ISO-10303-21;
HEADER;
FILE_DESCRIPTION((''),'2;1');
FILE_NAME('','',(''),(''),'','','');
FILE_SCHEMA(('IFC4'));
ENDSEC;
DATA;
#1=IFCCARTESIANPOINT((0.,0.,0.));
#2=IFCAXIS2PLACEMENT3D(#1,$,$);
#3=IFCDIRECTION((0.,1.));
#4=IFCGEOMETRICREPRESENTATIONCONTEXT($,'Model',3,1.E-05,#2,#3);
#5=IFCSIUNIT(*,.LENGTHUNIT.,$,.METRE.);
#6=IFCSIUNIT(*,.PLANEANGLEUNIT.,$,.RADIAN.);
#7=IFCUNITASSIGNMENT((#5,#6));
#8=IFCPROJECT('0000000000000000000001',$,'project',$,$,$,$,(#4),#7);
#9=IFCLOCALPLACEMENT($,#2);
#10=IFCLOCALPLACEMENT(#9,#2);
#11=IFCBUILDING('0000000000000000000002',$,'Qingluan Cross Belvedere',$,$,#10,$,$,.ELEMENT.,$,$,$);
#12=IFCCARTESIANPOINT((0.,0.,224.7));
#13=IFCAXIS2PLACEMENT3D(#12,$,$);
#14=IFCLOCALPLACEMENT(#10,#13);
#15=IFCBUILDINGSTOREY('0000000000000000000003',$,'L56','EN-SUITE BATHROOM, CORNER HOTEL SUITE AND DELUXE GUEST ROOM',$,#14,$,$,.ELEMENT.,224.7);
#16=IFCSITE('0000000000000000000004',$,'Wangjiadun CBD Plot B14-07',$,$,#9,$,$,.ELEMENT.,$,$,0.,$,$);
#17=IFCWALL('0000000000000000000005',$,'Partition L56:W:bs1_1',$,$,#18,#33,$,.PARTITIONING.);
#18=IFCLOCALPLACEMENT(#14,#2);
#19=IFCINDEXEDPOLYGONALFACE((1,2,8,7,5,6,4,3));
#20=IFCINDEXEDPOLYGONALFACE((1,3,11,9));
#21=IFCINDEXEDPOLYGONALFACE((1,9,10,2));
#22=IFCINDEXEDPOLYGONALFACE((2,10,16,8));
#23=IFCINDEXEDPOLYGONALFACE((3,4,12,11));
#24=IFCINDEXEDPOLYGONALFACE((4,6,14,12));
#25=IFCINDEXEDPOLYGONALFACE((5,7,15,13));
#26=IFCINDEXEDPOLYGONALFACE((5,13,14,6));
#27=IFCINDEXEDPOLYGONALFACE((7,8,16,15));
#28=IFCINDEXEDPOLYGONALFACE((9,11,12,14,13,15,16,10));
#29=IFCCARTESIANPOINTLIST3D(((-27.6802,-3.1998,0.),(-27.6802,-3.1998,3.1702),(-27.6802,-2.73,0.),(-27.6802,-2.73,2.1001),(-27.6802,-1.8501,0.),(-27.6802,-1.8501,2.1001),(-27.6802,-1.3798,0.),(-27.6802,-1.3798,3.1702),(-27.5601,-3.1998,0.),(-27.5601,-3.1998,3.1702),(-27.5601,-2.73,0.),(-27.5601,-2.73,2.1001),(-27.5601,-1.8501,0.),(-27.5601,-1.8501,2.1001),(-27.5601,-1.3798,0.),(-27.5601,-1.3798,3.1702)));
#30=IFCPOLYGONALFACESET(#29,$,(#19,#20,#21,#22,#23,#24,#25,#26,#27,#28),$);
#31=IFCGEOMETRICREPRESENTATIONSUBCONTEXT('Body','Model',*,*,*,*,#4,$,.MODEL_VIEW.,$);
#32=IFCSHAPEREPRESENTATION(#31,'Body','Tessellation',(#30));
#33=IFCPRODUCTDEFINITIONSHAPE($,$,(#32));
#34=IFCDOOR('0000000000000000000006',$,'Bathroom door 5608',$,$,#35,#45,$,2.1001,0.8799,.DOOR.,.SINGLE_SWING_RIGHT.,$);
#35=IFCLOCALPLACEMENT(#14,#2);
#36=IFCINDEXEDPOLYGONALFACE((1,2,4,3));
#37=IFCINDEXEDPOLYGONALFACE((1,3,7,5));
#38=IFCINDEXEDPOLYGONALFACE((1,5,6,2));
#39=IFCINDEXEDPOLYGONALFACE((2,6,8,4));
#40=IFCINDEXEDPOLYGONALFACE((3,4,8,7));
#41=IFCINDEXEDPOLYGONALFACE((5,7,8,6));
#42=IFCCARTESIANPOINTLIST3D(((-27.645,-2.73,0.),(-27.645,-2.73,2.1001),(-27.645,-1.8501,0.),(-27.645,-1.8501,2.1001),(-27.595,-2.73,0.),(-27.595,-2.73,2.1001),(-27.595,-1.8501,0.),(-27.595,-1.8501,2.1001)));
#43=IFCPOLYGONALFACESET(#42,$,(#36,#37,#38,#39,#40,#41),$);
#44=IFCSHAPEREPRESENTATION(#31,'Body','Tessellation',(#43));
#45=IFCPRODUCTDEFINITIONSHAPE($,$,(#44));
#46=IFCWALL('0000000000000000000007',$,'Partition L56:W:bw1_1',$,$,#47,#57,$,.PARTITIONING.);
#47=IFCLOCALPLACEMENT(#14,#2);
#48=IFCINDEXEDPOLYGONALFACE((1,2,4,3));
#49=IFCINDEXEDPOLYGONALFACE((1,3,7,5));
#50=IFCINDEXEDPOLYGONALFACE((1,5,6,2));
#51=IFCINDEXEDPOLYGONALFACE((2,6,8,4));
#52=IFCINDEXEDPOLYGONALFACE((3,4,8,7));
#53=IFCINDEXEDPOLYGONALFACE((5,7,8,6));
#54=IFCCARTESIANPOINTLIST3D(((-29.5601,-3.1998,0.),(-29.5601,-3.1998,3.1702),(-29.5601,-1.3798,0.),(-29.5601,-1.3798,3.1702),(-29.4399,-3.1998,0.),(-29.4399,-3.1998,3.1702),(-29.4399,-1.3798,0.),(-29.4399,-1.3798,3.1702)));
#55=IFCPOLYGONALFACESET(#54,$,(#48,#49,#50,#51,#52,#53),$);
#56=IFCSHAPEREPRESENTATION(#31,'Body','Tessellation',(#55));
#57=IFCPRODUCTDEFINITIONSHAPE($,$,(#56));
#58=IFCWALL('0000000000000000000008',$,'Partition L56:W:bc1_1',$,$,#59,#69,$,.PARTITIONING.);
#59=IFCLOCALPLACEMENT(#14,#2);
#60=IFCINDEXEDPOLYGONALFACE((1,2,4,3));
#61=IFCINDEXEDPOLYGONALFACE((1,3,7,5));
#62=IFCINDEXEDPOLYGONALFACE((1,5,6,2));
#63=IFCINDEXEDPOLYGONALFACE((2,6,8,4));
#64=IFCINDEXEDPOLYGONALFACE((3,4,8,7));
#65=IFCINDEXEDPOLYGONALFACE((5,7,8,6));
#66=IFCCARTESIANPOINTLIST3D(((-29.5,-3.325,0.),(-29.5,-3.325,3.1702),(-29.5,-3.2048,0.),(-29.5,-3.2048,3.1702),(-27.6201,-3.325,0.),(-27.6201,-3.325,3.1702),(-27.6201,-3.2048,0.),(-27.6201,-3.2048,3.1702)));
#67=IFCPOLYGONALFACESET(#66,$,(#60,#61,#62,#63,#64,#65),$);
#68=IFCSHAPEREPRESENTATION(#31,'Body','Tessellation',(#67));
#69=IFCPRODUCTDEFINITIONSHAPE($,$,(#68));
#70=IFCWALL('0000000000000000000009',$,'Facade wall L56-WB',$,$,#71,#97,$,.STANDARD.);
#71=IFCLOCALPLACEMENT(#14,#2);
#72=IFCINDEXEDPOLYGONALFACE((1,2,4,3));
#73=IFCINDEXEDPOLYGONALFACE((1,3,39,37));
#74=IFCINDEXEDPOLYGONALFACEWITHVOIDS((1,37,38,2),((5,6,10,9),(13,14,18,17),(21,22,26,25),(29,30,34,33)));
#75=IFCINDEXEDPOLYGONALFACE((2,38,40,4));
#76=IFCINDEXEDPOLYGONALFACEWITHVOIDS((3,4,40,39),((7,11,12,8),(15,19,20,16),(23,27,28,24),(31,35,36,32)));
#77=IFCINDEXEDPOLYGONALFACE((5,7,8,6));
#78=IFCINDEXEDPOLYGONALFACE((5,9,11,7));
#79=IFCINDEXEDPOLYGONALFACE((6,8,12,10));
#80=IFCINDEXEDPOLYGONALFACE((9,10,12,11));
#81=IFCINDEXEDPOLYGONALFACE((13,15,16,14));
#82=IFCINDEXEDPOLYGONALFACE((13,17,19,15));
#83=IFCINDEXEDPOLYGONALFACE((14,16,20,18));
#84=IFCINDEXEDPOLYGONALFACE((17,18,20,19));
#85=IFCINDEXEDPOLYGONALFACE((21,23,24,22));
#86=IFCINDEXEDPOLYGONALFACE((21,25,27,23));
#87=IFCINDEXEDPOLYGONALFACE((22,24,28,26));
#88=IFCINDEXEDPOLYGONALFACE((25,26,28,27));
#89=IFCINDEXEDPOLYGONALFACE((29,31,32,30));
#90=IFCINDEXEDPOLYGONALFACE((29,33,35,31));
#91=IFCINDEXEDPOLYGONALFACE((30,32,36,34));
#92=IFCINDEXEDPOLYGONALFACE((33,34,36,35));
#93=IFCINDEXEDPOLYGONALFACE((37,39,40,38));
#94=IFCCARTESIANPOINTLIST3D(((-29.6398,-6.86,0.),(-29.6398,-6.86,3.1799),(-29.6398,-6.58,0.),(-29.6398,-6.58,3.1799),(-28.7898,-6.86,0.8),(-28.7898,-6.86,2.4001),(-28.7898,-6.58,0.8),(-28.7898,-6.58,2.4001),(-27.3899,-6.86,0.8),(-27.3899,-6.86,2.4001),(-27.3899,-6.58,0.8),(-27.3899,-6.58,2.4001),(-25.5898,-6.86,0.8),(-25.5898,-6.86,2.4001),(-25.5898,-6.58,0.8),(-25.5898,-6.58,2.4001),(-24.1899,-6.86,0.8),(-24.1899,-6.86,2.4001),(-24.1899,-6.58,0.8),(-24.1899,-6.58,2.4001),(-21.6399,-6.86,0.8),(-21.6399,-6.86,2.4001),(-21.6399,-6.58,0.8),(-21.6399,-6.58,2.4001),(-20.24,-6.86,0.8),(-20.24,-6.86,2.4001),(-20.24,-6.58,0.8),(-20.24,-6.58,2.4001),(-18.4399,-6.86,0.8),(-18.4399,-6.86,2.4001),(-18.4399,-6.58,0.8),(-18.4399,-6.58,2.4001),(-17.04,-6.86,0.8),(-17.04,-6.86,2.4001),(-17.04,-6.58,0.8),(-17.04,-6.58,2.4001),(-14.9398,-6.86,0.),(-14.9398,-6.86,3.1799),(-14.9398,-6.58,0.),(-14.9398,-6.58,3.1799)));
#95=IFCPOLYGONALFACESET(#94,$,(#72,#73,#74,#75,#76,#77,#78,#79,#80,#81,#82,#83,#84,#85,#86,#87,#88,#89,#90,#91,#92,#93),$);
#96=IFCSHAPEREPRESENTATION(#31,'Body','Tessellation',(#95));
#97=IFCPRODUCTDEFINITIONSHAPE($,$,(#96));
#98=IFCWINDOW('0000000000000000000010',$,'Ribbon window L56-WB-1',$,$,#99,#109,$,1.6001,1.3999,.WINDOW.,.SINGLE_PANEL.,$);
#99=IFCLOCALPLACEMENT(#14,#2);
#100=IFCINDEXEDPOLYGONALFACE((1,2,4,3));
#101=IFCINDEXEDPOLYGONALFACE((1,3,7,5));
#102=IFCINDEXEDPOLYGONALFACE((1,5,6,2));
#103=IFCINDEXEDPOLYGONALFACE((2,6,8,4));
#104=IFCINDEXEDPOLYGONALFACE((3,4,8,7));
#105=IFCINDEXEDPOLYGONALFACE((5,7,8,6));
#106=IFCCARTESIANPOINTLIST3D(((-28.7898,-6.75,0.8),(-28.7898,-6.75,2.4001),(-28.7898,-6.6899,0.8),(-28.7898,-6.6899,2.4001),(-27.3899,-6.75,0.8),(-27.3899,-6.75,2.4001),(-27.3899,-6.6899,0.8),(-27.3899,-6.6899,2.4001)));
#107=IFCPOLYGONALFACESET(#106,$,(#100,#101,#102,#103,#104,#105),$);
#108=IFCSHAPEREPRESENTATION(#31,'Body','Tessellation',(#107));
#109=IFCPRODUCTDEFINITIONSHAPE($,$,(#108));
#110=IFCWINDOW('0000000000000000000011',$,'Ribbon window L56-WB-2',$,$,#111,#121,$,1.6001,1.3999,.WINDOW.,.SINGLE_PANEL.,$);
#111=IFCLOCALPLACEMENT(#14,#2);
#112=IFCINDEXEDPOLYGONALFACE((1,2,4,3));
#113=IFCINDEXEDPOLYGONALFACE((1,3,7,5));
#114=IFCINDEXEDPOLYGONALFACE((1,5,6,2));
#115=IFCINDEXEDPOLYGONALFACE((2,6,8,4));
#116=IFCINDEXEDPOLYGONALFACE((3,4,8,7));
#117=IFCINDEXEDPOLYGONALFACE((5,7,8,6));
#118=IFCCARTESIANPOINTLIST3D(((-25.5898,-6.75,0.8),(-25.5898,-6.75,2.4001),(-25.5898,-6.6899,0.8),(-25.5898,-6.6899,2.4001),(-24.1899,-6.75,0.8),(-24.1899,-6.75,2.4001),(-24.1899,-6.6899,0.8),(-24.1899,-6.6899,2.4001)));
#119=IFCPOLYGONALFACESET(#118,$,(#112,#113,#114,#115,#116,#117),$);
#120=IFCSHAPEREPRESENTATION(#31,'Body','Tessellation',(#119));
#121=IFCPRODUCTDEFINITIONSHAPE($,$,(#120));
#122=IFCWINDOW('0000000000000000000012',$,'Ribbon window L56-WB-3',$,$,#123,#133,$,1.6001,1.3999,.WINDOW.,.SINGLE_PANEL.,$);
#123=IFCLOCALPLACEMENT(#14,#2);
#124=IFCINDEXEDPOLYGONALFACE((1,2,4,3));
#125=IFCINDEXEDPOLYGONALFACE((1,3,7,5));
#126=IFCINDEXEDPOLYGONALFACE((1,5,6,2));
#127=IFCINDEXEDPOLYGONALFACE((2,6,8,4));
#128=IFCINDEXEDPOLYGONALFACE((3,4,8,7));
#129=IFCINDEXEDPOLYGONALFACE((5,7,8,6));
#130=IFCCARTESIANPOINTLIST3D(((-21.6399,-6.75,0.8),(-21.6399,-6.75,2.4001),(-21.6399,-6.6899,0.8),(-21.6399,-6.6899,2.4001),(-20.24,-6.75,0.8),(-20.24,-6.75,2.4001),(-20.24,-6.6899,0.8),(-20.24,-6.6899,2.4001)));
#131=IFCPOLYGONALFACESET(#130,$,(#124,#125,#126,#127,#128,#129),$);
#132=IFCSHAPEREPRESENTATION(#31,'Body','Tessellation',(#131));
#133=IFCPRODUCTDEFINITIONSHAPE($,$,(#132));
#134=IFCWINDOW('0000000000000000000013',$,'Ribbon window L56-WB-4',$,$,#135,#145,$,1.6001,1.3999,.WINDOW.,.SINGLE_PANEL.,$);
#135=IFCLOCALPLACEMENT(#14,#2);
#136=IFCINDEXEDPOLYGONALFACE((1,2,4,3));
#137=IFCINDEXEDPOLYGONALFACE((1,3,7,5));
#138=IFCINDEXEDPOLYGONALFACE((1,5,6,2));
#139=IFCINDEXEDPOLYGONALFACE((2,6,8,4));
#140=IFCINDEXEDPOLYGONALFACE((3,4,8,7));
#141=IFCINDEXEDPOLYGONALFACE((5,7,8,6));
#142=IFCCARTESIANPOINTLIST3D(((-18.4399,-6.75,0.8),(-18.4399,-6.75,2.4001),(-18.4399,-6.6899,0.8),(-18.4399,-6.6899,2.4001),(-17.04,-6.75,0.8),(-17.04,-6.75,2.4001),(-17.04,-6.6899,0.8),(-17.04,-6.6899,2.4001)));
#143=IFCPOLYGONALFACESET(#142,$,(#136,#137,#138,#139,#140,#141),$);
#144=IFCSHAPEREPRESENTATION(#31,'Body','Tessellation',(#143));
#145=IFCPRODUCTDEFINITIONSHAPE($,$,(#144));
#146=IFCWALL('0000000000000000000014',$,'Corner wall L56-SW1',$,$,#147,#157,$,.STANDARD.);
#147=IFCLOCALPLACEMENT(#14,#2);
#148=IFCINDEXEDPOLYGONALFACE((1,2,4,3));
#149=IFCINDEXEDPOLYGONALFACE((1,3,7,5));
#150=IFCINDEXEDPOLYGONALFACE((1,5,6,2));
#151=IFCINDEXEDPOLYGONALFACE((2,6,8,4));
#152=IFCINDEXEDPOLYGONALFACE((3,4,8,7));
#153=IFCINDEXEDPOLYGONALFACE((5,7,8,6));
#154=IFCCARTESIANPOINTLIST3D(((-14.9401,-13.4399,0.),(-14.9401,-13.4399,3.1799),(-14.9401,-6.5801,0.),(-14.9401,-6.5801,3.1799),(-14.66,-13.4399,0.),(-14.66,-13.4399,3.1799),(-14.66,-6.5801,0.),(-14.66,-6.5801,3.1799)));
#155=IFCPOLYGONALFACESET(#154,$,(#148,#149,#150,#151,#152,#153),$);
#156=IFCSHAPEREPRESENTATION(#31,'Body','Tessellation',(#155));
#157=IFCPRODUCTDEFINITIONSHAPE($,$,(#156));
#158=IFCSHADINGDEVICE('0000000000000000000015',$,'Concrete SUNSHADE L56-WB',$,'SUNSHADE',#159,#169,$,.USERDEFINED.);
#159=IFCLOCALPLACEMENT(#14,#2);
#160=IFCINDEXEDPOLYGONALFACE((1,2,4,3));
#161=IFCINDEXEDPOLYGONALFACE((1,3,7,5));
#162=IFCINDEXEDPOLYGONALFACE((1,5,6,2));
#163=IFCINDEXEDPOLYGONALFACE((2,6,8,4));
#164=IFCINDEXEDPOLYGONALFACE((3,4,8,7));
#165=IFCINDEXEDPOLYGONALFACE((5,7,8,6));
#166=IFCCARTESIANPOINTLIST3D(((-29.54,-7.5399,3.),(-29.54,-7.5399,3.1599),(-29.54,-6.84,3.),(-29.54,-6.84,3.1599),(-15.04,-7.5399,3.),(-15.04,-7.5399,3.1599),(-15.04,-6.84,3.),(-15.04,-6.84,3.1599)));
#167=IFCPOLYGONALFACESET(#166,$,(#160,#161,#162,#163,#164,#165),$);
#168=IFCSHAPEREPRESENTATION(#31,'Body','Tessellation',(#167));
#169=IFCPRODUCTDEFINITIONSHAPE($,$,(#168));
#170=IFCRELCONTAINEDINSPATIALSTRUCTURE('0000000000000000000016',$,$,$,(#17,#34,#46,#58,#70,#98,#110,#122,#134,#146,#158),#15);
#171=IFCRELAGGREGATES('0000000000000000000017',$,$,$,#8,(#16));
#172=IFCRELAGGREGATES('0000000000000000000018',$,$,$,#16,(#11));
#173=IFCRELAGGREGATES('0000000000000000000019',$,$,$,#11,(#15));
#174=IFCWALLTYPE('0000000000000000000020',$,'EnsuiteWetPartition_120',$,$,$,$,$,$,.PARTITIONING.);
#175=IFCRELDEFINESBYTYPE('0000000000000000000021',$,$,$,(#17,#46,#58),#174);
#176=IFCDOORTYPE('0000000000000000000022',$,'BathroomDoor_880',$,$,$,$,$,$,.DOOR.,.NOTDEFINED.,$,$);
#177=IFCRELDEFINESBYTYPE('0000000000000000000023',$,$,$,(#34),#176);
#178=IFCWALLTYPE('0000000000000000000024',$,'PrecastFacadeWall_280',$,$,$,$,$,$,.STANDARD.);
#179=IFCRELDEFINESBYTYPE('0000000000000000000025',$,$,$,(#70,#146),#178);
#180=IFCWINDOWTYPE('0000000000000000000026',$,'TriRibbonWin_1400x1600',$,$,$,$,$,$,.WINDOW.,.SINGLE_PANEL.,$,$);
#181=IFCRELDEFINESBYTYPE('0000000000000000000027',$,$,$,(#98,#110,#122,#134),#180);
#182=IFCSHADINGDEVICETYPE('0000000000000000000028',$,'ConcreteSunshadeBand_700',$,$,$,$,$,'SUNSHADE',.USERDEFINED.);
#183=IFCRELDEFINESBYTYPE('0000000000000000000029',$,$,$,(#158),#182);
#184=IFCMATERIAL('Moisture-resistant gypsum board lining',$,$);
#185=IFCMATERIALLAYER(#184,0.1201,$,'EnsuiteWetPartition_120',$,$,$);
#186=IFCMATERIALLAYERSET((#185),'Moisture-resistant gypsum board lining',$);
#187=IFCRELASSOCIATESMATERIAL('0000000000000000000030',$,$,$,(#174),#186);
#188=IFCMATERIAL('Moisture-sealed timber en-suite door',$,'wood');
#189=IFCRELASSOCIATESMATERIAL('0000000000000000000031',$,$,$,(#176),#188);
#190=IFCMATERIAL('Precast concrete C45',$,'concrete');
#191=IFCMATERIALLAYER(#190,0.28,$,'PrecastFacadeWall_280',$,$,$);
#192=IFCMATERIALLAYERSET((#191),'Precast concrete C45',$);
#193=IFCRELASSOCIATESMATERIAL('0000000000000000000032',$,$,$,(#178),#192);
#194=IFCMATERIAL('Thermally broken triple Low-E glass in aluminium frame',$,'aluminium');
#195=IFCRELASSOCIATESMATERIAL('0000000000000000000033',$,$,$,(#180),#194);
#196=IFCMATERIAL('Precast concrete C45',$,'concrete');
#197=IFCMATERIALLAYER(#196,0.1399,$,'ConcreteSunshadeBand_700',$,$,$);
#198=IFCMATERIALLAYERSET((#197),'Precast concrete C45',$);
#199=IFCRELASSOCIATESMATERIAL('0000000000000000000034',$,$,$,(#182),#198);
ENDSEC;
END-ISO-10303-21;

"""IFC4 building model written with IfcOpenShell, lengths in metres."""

from ifc_helpers import new_model, si_unit, direction, frame, frame_2d, origin, origin_2d, place, context, subcontext, project, spatial, rectangle, extrude, material, layer, layer_set, type_object, element, fill, save


model = new_model("IFC4")

# Units and contexts
model_context = context("Model", 3, precision=1e-05, world=origin(), true_north=direction((0.0, 1.0)))
body_context = subcontext(model_context, "Body", "Model", "MODEL_VIEW")
ifc_project = project(units=[si_unit("LENGTHUNIT", "METRE"), si_unit("PLANEANGLEUNIT", "RADIAN")], contexts=[model_context])

# Site, building, storey
site_placement = place(None, origin())
site = spatial("IfcSite", under=ifc_project, at=site_placement, Name="Wangjiadun CBD Plot B14-07", CompositionType="ELEMENT", RefElevation=0.0)
building_placement = place(site_placement, origin())
building = spatial("IfcBuilding", under=site, at=building_placement, Name="Qingluan Cross Belvedere", CompositionType="ELEMENT")
storey_placement = place(building_placement, frame((0.0, 0.0, 224.7)))
storey = spatial("IfcBuildingStorey", under=building, at=storey_placement, Name="L56", Description="EN-SUITE BATHROOM, CORNER HOTEL SUITE AND DELUXE GUEST ROOM", CompositionType="ELEMENT", Elevation=224.7)

# Shared definitions
ifc_material_1 = material(Name="Moisture-resistant gypsum board lining")
ifc_layer_1 = layer(ifc_material_1, 0.1201, Name="EnsuiteWetPartition_120")
ifc_layer_set_1 = layer_set([ifc_layer_1], Name="Moisture-resistant gypsum board lining")
wall_type_1 = type_object("IfcWallType", Name="EnsuiteWetPartition_120", PredefinedType="PARTITIONING", material=ifc_layer_set_1)
ifc_material_2 = material(Name="Moisture-sealed timber en-suite door", Category="wood")
door_type_1 = type_object("IfcDoorType", Name="BathroomDoor_880", OperationType="NOTDEFINED", PredefinedType="DOOR", material=ifc_material_2)

# Wall, opening, door
wall_1_placement = place(storey_placement, frame((-27.6201, -3.2, 0.0), z_axis=(0.0, 0.0, 1.0), x_axis=(0.0, 1.0, 0.0)))
wall_1 = element("IfcWall", 1, at=wall_1_placement, inside=storey, type_object=wall_type_1, Name="Partition L56:W:bs1_1", PredefinedType="PARTITIONING", context=body_context, shape_type="SweptSolid", body=[
    extrude(rectangle(XDim=1.8201, YDim=0.1201, at=frame_2d((0.9102, 0.0))), origin(), (0.0, 0.0, 1.0), 3.1702),
])
opening_1_placement = place(wall_1_placement, frame((0.47, 0.0, 0.0)))
opening_1 = element("IfcOpeningElement", 2, at=opening_1_placement, cuts=wall_1, PredefinedType="OPENING", context=body_context, shape_type="SweptSolid", body=[
    extrude(rectangle(XDim=0.8799, YDim=2.1001, at=frame_2d((0.4399, 1.05))), frame((0.0, 0.0701, 0.0), z_axis=(0.0, -1.0, 0.0), x_axis=(1.0, 0.0, 0.0)), (0.0, 0.0, 1.0), 0.1401),
])
door_1_placement = place(opening_1_placement, origin())
door_1 = element("IfcDoor", 3, at=door_1_placement, inside=storey, type_object=door_type_1, Name="Bathroom door 5608", OperationType="SINGLE_SWING_RIGHT", OverallHeight=2.1001, OverallWidth=0.8799, PredefinedType="DOOR", context=body_context, shape_type="SweptSolid", body=[
    extrude(rectangle(XDim=0.8799, YDim=2.1001, at=frame_2d((0.4399, 1.05))), frame((0.0, 0.0249, 0.0), z_axis=(0.0, -1.0, 0.0), x_axis=(1.0, 0.0, 0.0)), (0.0, 0.0, 1.0), 0.05),
])
fill(opening_1, door_1)

# Walls
wall_2_placement = place(storey_placement, frame((-29.5, -3.2, 0.0), z_axis=(0.0, 0.0, 1.0), x_axis=(0.0, 1.0, 0.0)))
element("IfcWall", 4, at=wall_2_placement, inside=storey, type_object=wall_type_1, Name="Partition L56:W:bw1_1", PredefinedType="PARTITIONING", context=body_context, shape_type="SweptSolid", body=[
    extrude(rectangle(XDim=1.8201, YDim=0.1201, at=frame_2d((0.9102, 0.0))), origin(), (0.0, 0.0, 1.0), 3.1702),
])
wall_3_placement = place(storey_placement, frame((-27.6201, -3.2649, 0.0), z_axis=(0.0, 0.0, 1.0), x_axis=(-1.0, 0.0, 0.0)))
element("IfcWall", 5, at=wall_3_placement, inside=storey, type_object=wall_type_1, Name="Partition L56:W:bc1_1", PredefinedType="PARTITIONING", context=body_context, shape_type="SweptSolid", body=[
    extrude(rectangle(XDim=1.8799, YDim=0.1201, at=frame_2d((0.9399, 0.0))), origin(), (0.0, 0.0, 1.0), 3.1702),
])

# Wall, openings, windows
ifc_material_3 = material(Name="Precast concrete C45", Category="concrete")
ifc_layer_2 = layer(ifc_material_3, 0.28, Name="PrecastFacadeWall_280")
ifc_layer_set_2 = layer_set([ifc_layer_2], Name="Precast concrete C45")
wall_type_2 = type_object("IfcWallType", Name="PrecastFacadeWall_280", PredefinedType="STANDARD", material=ifc_layer_set_2)
wall_4_placement = place(storey_placement, frame((-29.6399, -6.72, 0.0), z_axis=(0.0, 0.0, 1.0), x_axis=(1.0, 0.0, 0.0)))
wall_4 = element("IfcWall", 6, at=wall_4_placement, inside=storey, type_object=wall_type_2, Name="Facade wall L56-WB", PredefinedType="STANDARD", context=body_context, shape_type="SweptSolid", body=[
    extrude(rectangle(XDim=14.7, YDim=0.28, at=frame_2d((7.3501, 0.0))), origin(), (0.0, 0.0, 1.0), 3.1799),
])
opening_2_placement = place(wall_4_placement, frame((0.8501, 0.0, 0.8)))
opening_2 = element("IfcOpeningElement", 7, at=opening_2_placement, cuts=wall_4, PredefinedType="OPENING", context=body_context, shape_type="SweptSolid", body=[
    extrude(rectangle(XDim=1.3999, YDim=1.6001, at=frame_2d((0.7, 0.8))), frame((0.0, 0.1499, 0.0), z_axis=(0.0, -1.0, 0.0), x_axis=(1.0, 0.0, 0.0)), (0.0, 0.0, 1.0), 0.3),
])
opening_3_placement = place(wall_4_placement, frame((4.05, 0.0, 0.8)))
opening_3 = element("IfcOpeningElement", 8, at=opening_3_placement, cuts=wall_4, PredefinedType="OPENING", context=body_context, shape_type="SweptSolid", body=[
    extrude(rectangle(XDim=1.3999, YDim=1.6001, at=frame_2d((0.7, 0.8))), frame((0.0, 0.1499, 0.0), z_axis=(0.0, -1.0, 0.0), x_axis=(1.0, 0.0, 0.0)), (0.0, 0.0, 1.0), 0.3),
])
opening_4_placement = place(wall_4_placement, frame((8.0, 0.0, 0.8)))
opening_4 = element("IfcOpeningElement", 9, at=opening_4_placement, cuts=wall_4, PredefinedType="OPENING", context=body_context, shape_type="SweptSolid", body=[
    extrude(rectangle(XDim=1.3999, YDim=1.6001, at=frame_2d((0.7, 0.8))), frame((0.0, 0.1499, 0.0), z_axis=(0.0, -1.0, 0.0), x_axis=(1.0, 0.0, 0.0)), (0.0, 0.0, 1.0), 0.3),
])
opening_5_placement = place(wall_4_placement, frame((11.2, 0.0, 0.8)))
opening_5 = element("IfcOpeningElement", 10, at=opening_5_placement, cuts=wall_4, PredefinedType="OPENING", context=body_context, shape_type="SweptSolid", body=[
    extrude(rectangle(XDim=1.3999, YDim=1.6001, at=frame_2d((0.7, 0.8))), frame((0.0, 0.1499, 0.0), z_axis=(0.0, -1.0, 0.0), x_axis=(1.0, 0.0, 0.0)), (0.0, 0.0, 1.0), 0.3),
])
ifc_material_4 = material(Name="Thermally broken triple Low-E glass in aluminium frame", Category="aluminium")
window_type = type_object("IfcWindowType", Name="TriRibbonWin_1400x1600", PartitioningType="SINGLE_PANEL", PredefinedType="WINDOW", material=ifc_material_4)
window_1_placement = place(opening_2_placement, origin())
window_1 = element("IfcWindow", 11, at=window_1_placement, inside=storey, type_object=window_type, Name="Ribbon window L56-WB-1", OverallHeight=1.6001, OverallWidth=1.3999, PartitioningType="SINGLE_PANEL", PredefinedType="WINDOW", context=body_context, shape_type="SweptSolid", body=[
    extrude(rectangle(XDim=1.3999, YDim=1.6001, at=frame_2d((0.7, 0.8))), frame((0.0, 0.03, 0.0), z_axis=(0.0, -1.0, 0.0), x_axis=(1.0, 0.0, 0.0)), (0.0, 0.0, 1.0), 0.0601),
])
fill(opening_2, window_1)
window_2_placement = place(opening_3_placement, origin())
window_2 = element("IfcWindow", 12, at=window_2_placement, inside=storey, type_object=window_type, Name="Ribbon window L56-WB-2", OverallHeight=1.6001, OverallWidth=1.3999, PartitioningType="SINGLE_PANEL", PredefinedType="WINDOW", context=body_context, shape_type="SweptSolid", body=[
    extrude(rectangle(XDim=1.3999, YDim=1.6001, at=frame_2d((0.7, 0.8))), frame((0.0, 0.03, 0.0), z_axis=(0.0, -1.0, 0.0), x_axis=(1.0, 0.0, 0.0)), (0.0, 0.0, 1.0), 0.0601),
])
fill(opening_3, window_2)
window_3_placement = place(opening_4_placement, origin())
window_3 = element("IfcWindow", 13, at=window_3_placement, inside=storey, type_object=window_type, Name="Ribbon window L56-WB-3", OverallHeight=1.6001, OverallWidth=1.3999, PartitioningType="SINGLE_PANEL", PredefinedType="WINDOW", context=body_context, shape_type="SweptSolid", body=[
    extrude(rectangle(XDim=1.3999, YDim=1.6001, at=frame_2d((0.7, 0.8))), frame((0.0, 0.03, 0.0), z_axis=(0.0, -1.0, 0.0), x_axis=(1.0, 0.0, 0.0)), (0.0, 0.0, 1.0), 0.0601),
])
fill(opening_4, window_3)
window_4_placement = place(opening_5_placement, origin())
window_4 = element("IfcWindow", 14, at=window_4_placement, inside=storey, type_object=window_type, Name="Ribbon window L56-WB-4", OverallHeight=1.6001, OverallWidth=1.3999, PartitioningType="SINGLE_PANEL", PredefinedType="WINDOW", context=body_context, shape_type="SweptSolid", body=[
    extrude(rectangle(XDim=1.3999, YDim=1.6001, at=frame_2d((0.7, 0.8))), frame((0.0, 0.03, 0.0), z_axis=(0.0, -1.0, 0.0), x_axis=(1.0, 0.0, 0.0)), (0.0, 0.0, 1.0), 0.0601),
])
fill(opening_5, window_4)

# Wall
wall_5_placement = place(storey_placement, frame((-14.8, -6.5801, 0.0), z_axis=(0.0, 0.0, 1.0), x_axis=(0.0, -1.0, 0.0)))
element("IfcWall", 15, at=wall_5_placement, inside=storey, type_object=wall_type_2, Name="Corner wall L56-SW1", PredefinedType="STANDARD", context=body_context, shape_type="SweptSolid", body=[
    extrude(rectangle(XDim=6.8599, YDim=0.28, at=frame_2d((3.4299, 0.0))), origin(), (0.0, 0.0, 1.0), 3.1799),
])

# Shading device
ifc_material_5 = material(Name="Precast concrete C45", Category="concrete")
ifc_layer_3 = layer(ifc_material_5, 0.1399, Name="ConcreteSunshadeBand_700")
ifc_layer_set_3 = layer_set([ifc_layer_3], Name="Precast concrete C45")
shading_device_type = type_object("IfcShadingDeviceType", Name="ConcreteSunshadeBand_700", ElementType="SUNSHADE", PredefinedType="USERDEFINED", material=ifc_layer_set_3)
shading_device_placement = place(storey_placement, frame((-22.29, -7.1899, 3.0), z_axis=(0.0, 0.0, 1.0), x_axis=(1.0, 0.0, 0.0)))
element("IfcShadingDevice", 16, at=shading_device_placement, inside=storey, type_object=shading_device_type, Name="Concrete SUNSHADE L56-WB", ObjectType="SUNSHADE", PredefinedType="USERDEFINED", context=body_context, shape_type="SweptSolid", body=[
    extrude(rectangle(XDim=14.5, YDim=0.7, at=origin_2d()), origin(), (0.0, 0.0, 1.0), 0.1599),
])

save(model, "model.ifc")
